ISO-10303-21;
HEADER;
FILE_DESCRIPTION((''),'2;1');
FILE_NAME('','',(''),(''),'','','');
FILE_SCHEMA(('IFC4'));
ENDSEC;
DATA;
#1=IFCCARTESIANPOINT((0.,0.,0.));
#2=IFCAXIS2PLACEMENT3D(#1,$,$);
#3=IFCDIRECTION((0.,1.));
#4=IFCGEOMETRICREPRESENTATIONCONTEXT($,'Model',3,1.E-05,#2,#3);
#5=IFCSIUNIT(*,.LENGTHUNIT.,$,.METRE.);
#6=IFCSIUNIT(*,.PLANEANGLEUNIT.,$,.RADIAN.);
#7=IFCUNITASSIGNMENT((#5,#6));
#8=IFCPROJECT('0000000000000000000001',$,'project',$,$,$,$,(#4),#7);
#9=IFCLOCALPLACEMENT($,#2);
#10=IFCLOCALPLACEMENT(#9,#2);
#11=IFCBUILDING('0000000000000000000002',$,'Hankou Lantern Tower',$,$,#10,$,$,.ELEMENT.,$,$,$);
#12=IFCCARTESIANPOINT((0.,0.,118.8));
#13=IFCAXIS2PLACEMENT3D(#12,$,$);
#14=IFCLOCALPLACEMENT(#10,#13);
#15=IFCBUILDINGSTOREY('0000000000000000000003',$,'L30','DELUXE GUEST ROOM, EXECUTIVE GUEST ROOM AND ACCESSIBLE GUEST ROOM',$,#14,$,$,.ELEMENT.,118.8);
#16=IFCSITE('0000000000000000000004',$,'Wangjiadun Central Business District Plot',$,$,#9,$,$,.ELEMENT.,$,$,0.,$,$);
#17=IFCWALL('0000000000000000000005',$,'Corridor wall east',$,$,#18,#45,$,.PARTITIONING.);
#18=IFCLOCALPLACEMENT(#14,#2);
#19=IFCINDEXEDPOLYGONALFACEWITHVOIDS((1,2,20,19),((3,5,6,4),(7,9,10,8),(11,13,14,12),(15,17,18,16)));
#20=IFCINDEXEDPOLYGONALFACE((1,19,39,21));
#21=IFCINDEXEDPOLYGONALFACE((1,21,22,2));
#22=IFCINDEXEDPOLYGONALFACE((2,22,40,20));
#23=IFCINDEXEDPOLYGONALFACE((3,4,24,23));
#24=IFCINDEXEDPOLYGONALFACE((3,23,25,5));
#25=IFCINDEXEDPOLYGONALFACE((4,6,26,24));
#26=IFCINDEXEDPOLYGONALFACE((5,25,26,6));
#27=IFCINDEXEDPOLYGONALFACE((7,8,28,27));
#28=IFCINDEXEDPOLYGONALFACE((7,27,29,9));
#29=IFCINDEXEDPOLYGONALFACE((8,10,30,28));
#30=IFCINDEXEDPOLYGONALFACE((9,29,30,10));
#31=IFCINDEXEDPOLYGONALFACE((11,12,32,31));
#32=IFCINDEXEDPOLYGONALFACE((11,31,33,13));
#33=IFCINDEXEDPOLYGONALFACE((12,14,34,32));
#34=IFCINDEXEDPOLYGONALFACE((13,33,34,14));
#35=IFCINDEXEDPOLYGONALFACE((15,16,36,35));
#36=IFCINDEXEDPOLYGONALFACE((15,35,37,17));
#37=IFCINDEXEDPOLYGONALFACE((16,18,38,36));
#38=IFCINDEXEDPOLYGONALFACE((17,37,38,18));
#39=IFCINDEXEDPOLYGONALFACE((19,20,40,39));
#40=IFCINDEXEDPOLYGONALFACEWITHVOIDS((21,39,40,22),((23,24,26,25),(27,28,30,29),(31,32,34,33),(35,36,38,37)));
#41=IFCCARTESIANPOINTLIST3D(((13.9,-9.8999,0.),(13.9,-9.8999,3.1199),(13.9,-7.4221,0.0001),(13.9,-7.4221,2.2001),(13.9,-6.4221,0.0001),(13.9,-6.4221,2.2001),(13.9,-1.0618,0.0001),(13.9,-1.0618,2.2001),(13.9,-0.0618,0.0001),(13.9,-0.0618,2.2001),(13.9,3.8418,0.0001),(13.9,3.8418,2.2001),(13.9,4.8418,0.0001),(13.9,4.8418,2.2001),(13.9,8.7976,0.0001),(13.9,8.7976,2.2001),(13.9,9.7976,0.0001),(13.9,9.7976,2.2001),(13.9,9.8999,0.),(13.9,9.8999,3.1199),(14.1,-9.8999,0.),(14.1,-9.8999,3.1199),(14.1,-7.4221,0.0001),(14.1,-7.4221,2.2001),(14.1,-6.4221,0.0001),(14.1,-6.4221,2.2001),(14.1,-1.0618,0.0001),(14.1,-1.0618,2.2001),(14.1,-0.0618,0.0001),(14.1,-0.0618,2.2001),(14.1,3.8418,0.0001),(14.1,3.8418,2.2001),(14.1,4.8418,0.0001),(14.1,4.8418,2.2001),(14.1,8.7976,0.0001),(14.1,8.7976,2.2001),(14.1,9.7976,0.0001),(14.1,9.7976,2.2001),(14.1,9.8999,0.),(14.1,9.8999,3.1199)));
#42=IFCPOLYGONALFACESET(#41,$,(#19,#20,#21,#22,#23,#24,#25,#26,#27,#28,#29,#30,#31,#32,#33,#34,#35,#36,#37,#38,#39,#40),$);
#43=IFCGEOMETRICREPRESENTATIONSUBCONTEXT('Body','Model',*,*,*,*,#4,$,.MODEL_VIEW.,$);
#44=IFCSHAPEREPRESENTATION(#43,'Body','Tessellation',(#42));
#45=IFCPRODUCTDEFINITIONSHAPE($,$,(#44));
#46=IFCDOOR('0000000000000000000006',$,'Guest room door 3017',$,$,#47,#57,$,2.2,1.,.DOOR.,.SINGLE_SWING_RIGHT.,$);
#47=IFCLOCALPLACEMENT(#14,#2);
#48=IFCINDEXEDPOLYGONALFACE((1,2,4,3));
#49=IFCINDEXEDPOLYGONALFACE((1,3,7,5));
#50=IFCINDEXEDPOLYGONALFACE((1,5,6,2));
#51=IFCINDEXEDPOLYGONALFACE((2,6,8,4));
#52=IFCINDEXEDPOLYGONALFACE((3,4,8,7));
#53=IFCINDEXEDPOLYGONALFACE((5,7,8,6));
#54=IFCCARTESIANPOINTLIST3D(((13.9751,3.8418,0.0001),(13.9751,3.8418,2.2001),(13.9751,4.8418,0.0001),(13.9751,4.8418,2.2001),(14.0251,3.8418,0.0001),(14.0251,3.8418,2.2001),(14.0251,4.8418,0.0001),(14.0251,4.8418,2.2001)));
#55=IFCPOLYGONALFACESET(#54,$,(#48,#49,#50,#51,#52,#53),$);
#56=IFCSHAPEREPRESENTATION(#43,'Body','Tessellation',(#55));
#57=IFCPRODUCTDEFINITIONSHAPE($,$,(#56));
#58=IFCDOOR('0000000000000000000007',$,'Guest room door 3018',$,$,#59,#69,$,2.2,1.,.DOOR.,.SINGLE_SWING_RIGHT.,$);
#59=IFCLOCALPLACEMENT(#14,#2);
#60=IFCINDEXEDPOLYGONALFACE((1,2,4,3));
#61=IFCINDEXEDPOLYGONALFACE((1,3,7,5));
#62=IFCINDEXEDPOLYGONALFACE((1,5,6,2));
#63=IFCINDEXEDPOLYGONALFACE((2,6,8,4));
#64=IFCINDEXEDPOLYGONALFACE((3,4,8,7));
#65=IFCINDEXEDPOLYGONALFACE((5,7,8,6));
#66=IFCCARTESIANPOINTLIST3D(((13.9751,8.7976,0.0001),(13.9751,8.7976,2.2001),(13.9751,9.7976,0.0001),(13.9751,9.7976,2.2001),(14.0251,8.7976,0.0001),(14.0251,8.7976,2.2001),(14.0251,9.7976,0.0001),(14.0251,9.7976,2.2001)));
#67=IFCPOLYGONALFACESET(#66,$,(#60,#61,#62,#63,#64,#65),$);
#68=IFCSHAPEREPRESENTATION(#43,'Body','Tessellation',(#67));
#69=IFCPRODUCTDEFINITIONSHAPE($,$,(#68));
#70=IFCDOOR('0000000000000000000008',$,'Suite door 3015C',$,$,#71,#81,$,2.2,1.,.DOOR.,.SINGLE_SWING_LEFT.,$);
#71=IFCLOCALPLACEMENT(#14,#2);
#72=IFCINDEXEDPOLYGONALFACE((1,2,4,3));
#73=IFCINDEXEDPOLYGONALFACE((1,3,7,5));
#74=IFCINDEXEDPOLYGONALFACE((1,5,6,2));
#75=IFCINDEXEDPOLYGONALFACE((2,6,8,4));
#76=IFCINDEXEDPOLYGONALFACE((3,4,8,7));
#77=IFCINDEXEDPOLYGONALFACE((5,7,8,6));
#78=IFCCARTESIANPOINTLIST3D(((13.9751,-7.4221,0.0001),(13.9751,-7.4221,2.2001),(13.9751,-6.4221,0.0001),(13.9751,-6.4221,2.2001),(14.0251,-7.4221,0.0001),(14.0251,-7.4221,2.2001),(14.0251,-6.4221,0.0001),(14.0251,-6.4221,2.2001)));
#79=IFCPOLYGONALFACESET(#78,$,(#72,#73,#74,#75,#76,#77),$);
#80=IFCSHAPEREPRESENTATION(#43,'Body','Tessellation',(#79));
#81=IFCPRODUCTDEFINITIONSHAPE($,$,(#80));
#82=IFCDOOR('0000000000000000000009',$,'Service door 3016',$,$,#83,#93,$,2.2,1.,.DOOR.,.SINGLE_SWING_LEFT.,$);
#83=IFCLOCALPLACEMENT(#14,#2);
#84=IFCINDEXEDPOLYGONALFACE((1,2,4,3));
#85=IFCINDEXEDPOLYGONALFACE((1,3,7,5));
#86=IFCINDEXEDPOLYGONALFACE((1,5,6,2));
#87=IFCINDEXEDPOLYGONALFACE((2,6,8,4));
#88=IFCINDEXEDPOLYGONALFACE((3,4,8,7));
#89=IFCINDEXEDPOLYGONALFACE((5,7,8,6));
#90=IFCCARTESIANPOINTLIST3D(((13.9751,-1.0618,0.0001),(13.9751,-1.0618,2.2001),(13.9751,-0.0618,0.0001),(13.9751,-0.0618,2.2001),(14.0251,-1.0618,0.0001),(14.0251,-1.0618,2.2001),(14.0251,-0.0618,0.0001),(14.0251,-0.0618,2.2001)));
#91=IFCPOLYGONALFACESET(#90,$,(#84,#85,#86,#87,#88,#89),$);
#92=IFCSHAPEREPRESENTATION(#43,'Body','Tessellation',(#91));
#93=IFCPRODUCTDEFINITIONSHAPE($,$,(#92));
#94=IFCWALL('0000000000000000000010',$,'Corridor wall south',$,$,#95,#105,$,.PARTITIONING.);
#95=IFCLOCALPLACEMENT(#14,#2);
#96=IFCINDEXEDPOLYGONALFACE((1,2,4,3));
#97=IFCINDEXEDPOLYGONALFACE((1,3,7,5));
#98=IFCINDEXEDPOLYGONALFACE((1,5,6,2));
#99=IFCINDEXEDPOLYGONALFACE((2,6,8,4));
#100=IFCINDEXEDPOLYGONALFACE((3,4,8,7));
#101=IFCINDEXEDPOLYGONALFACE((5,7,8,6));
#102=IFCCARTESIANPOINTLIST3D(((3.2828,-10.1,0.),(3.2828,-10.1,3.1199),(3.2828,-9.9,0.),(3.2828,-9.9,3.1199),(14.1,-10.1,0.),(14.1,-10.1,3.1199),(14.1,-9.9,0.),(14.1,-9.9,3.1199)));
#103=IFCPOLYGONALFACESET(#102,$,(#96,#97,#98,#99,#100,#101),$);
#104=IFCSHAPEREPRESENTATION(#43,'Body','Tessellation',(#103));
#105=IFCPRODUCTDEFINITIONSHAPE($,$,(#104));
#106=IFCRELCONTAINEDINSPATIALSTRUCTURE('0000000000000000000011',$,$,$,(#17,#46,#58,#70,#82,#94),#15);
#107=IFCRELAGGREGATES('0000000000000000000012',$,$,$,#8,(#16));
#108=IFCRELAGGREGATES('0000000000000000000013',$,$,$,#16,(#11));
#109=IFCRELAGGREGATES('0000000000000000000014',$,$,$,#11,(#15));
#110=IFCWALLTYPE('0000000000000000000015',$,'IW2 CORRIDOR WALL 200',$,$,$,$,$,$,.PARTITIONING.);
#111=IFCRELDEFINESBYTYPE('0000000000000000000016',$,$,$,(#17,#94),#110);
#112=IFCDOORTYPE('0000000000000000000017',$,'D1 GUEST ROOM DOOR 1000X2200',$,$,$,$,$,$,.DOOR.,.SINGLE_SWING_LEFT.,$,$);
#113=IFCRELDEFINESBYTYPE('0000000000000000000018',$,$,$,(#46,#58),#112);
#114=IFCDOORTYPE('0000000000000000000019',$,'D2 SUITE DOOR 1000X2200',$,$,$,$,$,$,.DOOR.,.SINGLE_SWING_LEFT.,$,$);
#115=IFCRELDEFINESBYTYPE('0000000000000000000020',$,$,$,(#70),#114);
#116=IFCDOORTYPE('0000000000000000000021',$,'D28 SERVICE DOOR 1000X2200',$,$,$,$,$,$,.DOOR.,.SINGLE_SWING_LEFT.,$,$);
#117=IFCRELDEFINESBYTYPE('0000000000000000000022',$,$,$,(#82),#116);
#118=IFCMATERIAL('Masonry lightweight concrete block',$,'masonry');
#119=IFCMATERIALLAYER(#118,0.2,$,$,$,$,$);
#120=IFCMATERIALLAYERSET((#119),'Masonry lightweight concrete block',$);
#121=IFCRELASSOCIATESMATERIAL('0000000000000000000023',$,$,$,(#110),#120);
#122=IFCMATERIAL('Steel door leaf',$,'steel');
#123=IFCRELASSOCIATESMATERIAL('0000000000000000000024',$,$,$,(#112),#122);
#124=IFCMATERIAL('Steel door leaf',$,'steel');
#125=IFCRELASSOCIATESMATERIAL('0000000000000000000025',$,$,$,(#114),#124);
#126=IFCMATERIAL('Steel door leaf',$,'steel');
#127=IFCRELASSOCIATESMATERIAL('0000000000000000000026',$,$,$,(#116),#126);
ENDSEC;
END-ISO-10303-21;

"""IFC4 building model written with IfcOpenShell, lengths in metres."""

from ifc_helpers import new_model, si_unit, direction, frame, frame_2d, origin, place, context, subcontext, project, spatial, rectangle, extrude, material, layer, layer_set, type_object, element, fill, save


model = new_model("IFC4")

# Units and contexts
model_context = context("Model", 3, precision=1e-05, world=origin(), true_north=direction((0.0, 1.0)))
body_context = subcontext(model_context, "Body", "Model", "MODEL_VIEW")
ifc_project = project(units=[si_unit("LENGTHUNIT", "METRE"), si_unit("PLANEANGLEUNIT", "RADIAN")], contexts=[model_context])

# Site, building, storey
site_placement = place(None, origin())
site = spatial("IfcSite", under=ifc_project, at=site_placement, Name="Wangjiadun Central Business District Plot", CompositionType="ELEMENT", RefElevation=0.0)
building_placement = place(site_placement, origin())
building = spatial("IfcBuilding", under=site, at=building_placement, Name="Hankou Lantern Tower", CompositionType="ELEMENT")
storey_placement = place(building_placement, frame((0.0, 0.0, 118.8)))
storey = spatial("IfcBuildingStorey", under=building, at=storey_placement, Name="L30", Description="DELUXE GUEST ROOM, EXECUTIVE GUEST ROOM AND ACCESSIBLE GUEST ROOM", CompositionType="ELEMENT", Elevation=118.8)

# Wall, openings, doors
ifc_material_1 = material(Name="Masonry lightweight concrete block", Category="masonry")
ifc_layer_1 = layer(ifc_material_1, 0.2)
ifc_layer_set_1 = layer_set([ifc_layer_1], Name="Masonry lightweight concrete block")
wall_type_1 = type_object("IfcWallType", Name="IW2 CORRIDOR WALL 200", PredefinedType="PARTITIONING", material=ifc_layer_set_1)
wall_1_placement = place(storey_placement, frame((14.0, -9.8999, 0.0), z_axis=(0.0, 0.0, 1.0), x_axis=(0.0, 1.0, 0.0)))
wall_1 = element("IfcWall", 1, at=wall_1_placement, inside=storey, type_object=wall_type_1, Name="Corridor wall east", PredefinedType="PARTITIONING", context=body_context, shape_type="SweptSolid", body=[
    extrude(rectangle(XDim=19.7998, YDim=0.2, at=frame_2d((9.8999, 0.0))), origin(), (0.0, 0.0, 1.0), 3.1199),
])
opening_1_placement = place(wall_1_placement, frame((2.4778, 0.0, 0.0)))
opening_1 = element("IfcOpeningElement", 2, at=opening_1_placement, cuts=wall_1, PredefinedType="OPENING", context=body_context, shape_type="SweptSolid", body=[
    extrude(rectangle(XDim=1.0, YDim=2.2, at=frame_2d((0.5, 1.1001))), frame((0.0, 0.1099, 0.0), z_axis=(0.0, -1.0, 0.0), x_axis=(1.0, 0.0, 0.0)), (0.0, 0.0, 1.0), 0.22),
])
opening_2_placement = place(wall_1_placement, frame((8.8381, 0.0, 0.0)))
opening_2 = element("IfcOpeningElement", 3, at=opening_2_placement, cuts=wall_1, PredefinedType="OPENING", context=body_context, shape_type="SweptSolid", body=[
    extrude(rectangle(XDim=1.0, YDim=2.2, at=frame_2d((0.5, 1.1001))), frame((0.0, 0.1099, 0.0), z_axis=(0.0, -1.0, 0.0), x_axis=(1.0, 0.0, 0.0)), (0.0, 0.0, 1.0), 0.22),
])
opening_3_placement = place(wall_1_placement, frame((13.7417, 0.0, 0.0)))
opening_3 = element("IfcOpeningElement", 4, at=opening_3_placement, cuts=wall_1, PredefinedType="OPENING", context=body_context, shape_type="SweptSolid", body=[
    extrude(rectangle(XDim=1.0, YDim=2.2, at=frame_2d((0.5, 1.1001))), frame((0.0, 0.1099, 0.0), z_axis=(0.0, -1.0, 0.0), x_axis=(1.0, 0.0, 0.0)), (0.0, 0.0, 1.0), 0.22),
])
opening_4_placement = place(wall_1_placement, frame((18.6975, 0.0, 0.0)))
opening_4 = element("IfcOpeningElement", 5, at=opening_4_placement, cuts=wall_1, PredefinedType="OPENING", context=body_context, shape_type="SweptSolid", body=[
    extrude(rectangle(XDim=1.0, YDim=2.2, at=frame_2d((0.5, 1.1001))), frame((0.0, 0.1099, 0.0), z_axis=(0.0, -1.0, 0.0), x_axis=(1.0, 0.0, 0.0)), (0.0, 0.0, 1.0), 0.22),
])
ifc_material_2 = material(Name="Steel door leaf", Category="steel")
door_type_1 = type_object("IfcDoorType", Name="D1 GUEST ROOM DOOR 1000X2200", OperationType="SINGLE_SWING_LEFT", PredefinedType="DOOR", material=ifc_material_2)
door_1_placement = place(opening_3_placement, origin())
door_1 = element("IfcDoor", 6, at=door_1_placement, inside=storey, type_object=door_type_1, Name="Guest room door 3017", OperationType="SINGLE_SWING_RIGHT", OverallHeight=2.2, OverallWidth=1.0, PredefinedType="DOOR", context=body_context, shape_type="SweptSolid", body=[
    extrude(rectangle(XDim=1.0, YDim=2.2, at=frame_2d((0.5, 1.1001))), frame((0.0, 0.0249, 0.0), z_axis=(0.0, -1.0, 0.0), x_axis=(1.0, 0.0, 0.0)), (0.0, 0.0, 1.0), 0.05),
])
fill(opening_3, door_1)
door_2_placement = place(opening_4_placement, origin())
door_2 = element("IfcDoor", 7, at=door_2_placement, inside=storey, type_object=door_type_1, Name="Guest room door 3018", OperationType="SINGLE_SWING_RIGHT", OverallHeight=2.2, OverallWidth=1.0, PredefinedType="DOOR", context=body_context, shape_type="SweptSolid", body=[
    extrude(rectangle(XDim=1.0, YDim=2.2, at=frame_2d((0.5, 1.1001))), frame((0.0, 0.0249, 0.0), z_axis=(0.0, -1.0, 0.0), x_axis=(1.0, 0.0, 0.0)), (0.0, 0.0, 1.0), 0.05),
])
fill(opening_4, door_2)
ifc_material_3 = material(Name="Steel door leaf", Category="steel")
door_type_2 = type_object("IfcDoorType", Name="D2 SUITE DOOR 1000X2200", OperationType="SINGLE_SWING_LEFT", PredefinedType="DOOR", material=ifc_material_3)
door_3_placement = place(opening_1_placement, origin())
door_3 = element("IfcDoor", 8, at=door_3_placement, inside=storey, type_object=door_type_2, Name="Suite door 3015C", OperationType="SINGLE_SWING_LEFT", OverallHeight=2.2, OverallWidth=1.0, PredefinedType="DOOR", context=body_context, shape_type="SweptSolid", body=[
    extrude(rectangle(XDim=1.0, YDim=2.2, at=frame_2d((0.5, 1.1001))), frame((0.0, 0.0249, 0.0), z_axis=(0.0, -1.0, 0.0), x_axis=(1.0, 0.0, 0.0)), (0.0, 0.0, 1.0), 0.05),
])
fill(opening_1, door_3)
ifc_material_4 = material(Name="Steel door leaf", Category="steel")
door_type_3 = type_object("IfcDoorType", Name="D28 SERVICE DOOR 1000X2200", OperationType="SINGLE_SWING_LEFT", PredefinedType="DOOR", material=ifc_material_4)
door_4_placement = place(opening_2_placement, origin())
door_4 = element("IfcDoor", 9, at=door_4_placement, inside=storey, type_object=door_type_3, Name="Service door 3016", OperationType="SINGLE_SWING_LEFT", OverallHeight=2.2, OverallWidth=1.0, PredefinedType="DOOR", context=body_context, shape_type="SweptSolid", body=[
    extrude(rectangle(XDim=1.0, YDim=2.2, at=frame_2d((0.5, 1.1001))), frame((0.0, 0.0249, 0.0), z_axis=(0.0, -1.0, 0.0), x_axis=(1.0, 0.0, 0.0)), (0.0, 0.0, 1.0), 0.05),
])
fill(opening_2, door_4)

# Wall
wall_2_placement = place(storey_placement, frame((14.1001, -10.0, 0.0), z_axis=(0.0, 0.0, 1.0), x_axis=(-1.0, 0.0, 0.0)))
element("IfcWall", 10, at=wall_2_placement, inside=storey, type_object=wall_type_1, Name="Corridor wall south", PredefinedType="PARTITIONING", context=body_context, shape_type="SweptSolid", body=[
    extrude(rectangle(XDim=10.8171, YDim=0.2, at=frame_2d((5.4087, 0.0))), origin(), (0.0, 0.0, 1.0), 3.1199),
])

save(model, "model.ifc")
